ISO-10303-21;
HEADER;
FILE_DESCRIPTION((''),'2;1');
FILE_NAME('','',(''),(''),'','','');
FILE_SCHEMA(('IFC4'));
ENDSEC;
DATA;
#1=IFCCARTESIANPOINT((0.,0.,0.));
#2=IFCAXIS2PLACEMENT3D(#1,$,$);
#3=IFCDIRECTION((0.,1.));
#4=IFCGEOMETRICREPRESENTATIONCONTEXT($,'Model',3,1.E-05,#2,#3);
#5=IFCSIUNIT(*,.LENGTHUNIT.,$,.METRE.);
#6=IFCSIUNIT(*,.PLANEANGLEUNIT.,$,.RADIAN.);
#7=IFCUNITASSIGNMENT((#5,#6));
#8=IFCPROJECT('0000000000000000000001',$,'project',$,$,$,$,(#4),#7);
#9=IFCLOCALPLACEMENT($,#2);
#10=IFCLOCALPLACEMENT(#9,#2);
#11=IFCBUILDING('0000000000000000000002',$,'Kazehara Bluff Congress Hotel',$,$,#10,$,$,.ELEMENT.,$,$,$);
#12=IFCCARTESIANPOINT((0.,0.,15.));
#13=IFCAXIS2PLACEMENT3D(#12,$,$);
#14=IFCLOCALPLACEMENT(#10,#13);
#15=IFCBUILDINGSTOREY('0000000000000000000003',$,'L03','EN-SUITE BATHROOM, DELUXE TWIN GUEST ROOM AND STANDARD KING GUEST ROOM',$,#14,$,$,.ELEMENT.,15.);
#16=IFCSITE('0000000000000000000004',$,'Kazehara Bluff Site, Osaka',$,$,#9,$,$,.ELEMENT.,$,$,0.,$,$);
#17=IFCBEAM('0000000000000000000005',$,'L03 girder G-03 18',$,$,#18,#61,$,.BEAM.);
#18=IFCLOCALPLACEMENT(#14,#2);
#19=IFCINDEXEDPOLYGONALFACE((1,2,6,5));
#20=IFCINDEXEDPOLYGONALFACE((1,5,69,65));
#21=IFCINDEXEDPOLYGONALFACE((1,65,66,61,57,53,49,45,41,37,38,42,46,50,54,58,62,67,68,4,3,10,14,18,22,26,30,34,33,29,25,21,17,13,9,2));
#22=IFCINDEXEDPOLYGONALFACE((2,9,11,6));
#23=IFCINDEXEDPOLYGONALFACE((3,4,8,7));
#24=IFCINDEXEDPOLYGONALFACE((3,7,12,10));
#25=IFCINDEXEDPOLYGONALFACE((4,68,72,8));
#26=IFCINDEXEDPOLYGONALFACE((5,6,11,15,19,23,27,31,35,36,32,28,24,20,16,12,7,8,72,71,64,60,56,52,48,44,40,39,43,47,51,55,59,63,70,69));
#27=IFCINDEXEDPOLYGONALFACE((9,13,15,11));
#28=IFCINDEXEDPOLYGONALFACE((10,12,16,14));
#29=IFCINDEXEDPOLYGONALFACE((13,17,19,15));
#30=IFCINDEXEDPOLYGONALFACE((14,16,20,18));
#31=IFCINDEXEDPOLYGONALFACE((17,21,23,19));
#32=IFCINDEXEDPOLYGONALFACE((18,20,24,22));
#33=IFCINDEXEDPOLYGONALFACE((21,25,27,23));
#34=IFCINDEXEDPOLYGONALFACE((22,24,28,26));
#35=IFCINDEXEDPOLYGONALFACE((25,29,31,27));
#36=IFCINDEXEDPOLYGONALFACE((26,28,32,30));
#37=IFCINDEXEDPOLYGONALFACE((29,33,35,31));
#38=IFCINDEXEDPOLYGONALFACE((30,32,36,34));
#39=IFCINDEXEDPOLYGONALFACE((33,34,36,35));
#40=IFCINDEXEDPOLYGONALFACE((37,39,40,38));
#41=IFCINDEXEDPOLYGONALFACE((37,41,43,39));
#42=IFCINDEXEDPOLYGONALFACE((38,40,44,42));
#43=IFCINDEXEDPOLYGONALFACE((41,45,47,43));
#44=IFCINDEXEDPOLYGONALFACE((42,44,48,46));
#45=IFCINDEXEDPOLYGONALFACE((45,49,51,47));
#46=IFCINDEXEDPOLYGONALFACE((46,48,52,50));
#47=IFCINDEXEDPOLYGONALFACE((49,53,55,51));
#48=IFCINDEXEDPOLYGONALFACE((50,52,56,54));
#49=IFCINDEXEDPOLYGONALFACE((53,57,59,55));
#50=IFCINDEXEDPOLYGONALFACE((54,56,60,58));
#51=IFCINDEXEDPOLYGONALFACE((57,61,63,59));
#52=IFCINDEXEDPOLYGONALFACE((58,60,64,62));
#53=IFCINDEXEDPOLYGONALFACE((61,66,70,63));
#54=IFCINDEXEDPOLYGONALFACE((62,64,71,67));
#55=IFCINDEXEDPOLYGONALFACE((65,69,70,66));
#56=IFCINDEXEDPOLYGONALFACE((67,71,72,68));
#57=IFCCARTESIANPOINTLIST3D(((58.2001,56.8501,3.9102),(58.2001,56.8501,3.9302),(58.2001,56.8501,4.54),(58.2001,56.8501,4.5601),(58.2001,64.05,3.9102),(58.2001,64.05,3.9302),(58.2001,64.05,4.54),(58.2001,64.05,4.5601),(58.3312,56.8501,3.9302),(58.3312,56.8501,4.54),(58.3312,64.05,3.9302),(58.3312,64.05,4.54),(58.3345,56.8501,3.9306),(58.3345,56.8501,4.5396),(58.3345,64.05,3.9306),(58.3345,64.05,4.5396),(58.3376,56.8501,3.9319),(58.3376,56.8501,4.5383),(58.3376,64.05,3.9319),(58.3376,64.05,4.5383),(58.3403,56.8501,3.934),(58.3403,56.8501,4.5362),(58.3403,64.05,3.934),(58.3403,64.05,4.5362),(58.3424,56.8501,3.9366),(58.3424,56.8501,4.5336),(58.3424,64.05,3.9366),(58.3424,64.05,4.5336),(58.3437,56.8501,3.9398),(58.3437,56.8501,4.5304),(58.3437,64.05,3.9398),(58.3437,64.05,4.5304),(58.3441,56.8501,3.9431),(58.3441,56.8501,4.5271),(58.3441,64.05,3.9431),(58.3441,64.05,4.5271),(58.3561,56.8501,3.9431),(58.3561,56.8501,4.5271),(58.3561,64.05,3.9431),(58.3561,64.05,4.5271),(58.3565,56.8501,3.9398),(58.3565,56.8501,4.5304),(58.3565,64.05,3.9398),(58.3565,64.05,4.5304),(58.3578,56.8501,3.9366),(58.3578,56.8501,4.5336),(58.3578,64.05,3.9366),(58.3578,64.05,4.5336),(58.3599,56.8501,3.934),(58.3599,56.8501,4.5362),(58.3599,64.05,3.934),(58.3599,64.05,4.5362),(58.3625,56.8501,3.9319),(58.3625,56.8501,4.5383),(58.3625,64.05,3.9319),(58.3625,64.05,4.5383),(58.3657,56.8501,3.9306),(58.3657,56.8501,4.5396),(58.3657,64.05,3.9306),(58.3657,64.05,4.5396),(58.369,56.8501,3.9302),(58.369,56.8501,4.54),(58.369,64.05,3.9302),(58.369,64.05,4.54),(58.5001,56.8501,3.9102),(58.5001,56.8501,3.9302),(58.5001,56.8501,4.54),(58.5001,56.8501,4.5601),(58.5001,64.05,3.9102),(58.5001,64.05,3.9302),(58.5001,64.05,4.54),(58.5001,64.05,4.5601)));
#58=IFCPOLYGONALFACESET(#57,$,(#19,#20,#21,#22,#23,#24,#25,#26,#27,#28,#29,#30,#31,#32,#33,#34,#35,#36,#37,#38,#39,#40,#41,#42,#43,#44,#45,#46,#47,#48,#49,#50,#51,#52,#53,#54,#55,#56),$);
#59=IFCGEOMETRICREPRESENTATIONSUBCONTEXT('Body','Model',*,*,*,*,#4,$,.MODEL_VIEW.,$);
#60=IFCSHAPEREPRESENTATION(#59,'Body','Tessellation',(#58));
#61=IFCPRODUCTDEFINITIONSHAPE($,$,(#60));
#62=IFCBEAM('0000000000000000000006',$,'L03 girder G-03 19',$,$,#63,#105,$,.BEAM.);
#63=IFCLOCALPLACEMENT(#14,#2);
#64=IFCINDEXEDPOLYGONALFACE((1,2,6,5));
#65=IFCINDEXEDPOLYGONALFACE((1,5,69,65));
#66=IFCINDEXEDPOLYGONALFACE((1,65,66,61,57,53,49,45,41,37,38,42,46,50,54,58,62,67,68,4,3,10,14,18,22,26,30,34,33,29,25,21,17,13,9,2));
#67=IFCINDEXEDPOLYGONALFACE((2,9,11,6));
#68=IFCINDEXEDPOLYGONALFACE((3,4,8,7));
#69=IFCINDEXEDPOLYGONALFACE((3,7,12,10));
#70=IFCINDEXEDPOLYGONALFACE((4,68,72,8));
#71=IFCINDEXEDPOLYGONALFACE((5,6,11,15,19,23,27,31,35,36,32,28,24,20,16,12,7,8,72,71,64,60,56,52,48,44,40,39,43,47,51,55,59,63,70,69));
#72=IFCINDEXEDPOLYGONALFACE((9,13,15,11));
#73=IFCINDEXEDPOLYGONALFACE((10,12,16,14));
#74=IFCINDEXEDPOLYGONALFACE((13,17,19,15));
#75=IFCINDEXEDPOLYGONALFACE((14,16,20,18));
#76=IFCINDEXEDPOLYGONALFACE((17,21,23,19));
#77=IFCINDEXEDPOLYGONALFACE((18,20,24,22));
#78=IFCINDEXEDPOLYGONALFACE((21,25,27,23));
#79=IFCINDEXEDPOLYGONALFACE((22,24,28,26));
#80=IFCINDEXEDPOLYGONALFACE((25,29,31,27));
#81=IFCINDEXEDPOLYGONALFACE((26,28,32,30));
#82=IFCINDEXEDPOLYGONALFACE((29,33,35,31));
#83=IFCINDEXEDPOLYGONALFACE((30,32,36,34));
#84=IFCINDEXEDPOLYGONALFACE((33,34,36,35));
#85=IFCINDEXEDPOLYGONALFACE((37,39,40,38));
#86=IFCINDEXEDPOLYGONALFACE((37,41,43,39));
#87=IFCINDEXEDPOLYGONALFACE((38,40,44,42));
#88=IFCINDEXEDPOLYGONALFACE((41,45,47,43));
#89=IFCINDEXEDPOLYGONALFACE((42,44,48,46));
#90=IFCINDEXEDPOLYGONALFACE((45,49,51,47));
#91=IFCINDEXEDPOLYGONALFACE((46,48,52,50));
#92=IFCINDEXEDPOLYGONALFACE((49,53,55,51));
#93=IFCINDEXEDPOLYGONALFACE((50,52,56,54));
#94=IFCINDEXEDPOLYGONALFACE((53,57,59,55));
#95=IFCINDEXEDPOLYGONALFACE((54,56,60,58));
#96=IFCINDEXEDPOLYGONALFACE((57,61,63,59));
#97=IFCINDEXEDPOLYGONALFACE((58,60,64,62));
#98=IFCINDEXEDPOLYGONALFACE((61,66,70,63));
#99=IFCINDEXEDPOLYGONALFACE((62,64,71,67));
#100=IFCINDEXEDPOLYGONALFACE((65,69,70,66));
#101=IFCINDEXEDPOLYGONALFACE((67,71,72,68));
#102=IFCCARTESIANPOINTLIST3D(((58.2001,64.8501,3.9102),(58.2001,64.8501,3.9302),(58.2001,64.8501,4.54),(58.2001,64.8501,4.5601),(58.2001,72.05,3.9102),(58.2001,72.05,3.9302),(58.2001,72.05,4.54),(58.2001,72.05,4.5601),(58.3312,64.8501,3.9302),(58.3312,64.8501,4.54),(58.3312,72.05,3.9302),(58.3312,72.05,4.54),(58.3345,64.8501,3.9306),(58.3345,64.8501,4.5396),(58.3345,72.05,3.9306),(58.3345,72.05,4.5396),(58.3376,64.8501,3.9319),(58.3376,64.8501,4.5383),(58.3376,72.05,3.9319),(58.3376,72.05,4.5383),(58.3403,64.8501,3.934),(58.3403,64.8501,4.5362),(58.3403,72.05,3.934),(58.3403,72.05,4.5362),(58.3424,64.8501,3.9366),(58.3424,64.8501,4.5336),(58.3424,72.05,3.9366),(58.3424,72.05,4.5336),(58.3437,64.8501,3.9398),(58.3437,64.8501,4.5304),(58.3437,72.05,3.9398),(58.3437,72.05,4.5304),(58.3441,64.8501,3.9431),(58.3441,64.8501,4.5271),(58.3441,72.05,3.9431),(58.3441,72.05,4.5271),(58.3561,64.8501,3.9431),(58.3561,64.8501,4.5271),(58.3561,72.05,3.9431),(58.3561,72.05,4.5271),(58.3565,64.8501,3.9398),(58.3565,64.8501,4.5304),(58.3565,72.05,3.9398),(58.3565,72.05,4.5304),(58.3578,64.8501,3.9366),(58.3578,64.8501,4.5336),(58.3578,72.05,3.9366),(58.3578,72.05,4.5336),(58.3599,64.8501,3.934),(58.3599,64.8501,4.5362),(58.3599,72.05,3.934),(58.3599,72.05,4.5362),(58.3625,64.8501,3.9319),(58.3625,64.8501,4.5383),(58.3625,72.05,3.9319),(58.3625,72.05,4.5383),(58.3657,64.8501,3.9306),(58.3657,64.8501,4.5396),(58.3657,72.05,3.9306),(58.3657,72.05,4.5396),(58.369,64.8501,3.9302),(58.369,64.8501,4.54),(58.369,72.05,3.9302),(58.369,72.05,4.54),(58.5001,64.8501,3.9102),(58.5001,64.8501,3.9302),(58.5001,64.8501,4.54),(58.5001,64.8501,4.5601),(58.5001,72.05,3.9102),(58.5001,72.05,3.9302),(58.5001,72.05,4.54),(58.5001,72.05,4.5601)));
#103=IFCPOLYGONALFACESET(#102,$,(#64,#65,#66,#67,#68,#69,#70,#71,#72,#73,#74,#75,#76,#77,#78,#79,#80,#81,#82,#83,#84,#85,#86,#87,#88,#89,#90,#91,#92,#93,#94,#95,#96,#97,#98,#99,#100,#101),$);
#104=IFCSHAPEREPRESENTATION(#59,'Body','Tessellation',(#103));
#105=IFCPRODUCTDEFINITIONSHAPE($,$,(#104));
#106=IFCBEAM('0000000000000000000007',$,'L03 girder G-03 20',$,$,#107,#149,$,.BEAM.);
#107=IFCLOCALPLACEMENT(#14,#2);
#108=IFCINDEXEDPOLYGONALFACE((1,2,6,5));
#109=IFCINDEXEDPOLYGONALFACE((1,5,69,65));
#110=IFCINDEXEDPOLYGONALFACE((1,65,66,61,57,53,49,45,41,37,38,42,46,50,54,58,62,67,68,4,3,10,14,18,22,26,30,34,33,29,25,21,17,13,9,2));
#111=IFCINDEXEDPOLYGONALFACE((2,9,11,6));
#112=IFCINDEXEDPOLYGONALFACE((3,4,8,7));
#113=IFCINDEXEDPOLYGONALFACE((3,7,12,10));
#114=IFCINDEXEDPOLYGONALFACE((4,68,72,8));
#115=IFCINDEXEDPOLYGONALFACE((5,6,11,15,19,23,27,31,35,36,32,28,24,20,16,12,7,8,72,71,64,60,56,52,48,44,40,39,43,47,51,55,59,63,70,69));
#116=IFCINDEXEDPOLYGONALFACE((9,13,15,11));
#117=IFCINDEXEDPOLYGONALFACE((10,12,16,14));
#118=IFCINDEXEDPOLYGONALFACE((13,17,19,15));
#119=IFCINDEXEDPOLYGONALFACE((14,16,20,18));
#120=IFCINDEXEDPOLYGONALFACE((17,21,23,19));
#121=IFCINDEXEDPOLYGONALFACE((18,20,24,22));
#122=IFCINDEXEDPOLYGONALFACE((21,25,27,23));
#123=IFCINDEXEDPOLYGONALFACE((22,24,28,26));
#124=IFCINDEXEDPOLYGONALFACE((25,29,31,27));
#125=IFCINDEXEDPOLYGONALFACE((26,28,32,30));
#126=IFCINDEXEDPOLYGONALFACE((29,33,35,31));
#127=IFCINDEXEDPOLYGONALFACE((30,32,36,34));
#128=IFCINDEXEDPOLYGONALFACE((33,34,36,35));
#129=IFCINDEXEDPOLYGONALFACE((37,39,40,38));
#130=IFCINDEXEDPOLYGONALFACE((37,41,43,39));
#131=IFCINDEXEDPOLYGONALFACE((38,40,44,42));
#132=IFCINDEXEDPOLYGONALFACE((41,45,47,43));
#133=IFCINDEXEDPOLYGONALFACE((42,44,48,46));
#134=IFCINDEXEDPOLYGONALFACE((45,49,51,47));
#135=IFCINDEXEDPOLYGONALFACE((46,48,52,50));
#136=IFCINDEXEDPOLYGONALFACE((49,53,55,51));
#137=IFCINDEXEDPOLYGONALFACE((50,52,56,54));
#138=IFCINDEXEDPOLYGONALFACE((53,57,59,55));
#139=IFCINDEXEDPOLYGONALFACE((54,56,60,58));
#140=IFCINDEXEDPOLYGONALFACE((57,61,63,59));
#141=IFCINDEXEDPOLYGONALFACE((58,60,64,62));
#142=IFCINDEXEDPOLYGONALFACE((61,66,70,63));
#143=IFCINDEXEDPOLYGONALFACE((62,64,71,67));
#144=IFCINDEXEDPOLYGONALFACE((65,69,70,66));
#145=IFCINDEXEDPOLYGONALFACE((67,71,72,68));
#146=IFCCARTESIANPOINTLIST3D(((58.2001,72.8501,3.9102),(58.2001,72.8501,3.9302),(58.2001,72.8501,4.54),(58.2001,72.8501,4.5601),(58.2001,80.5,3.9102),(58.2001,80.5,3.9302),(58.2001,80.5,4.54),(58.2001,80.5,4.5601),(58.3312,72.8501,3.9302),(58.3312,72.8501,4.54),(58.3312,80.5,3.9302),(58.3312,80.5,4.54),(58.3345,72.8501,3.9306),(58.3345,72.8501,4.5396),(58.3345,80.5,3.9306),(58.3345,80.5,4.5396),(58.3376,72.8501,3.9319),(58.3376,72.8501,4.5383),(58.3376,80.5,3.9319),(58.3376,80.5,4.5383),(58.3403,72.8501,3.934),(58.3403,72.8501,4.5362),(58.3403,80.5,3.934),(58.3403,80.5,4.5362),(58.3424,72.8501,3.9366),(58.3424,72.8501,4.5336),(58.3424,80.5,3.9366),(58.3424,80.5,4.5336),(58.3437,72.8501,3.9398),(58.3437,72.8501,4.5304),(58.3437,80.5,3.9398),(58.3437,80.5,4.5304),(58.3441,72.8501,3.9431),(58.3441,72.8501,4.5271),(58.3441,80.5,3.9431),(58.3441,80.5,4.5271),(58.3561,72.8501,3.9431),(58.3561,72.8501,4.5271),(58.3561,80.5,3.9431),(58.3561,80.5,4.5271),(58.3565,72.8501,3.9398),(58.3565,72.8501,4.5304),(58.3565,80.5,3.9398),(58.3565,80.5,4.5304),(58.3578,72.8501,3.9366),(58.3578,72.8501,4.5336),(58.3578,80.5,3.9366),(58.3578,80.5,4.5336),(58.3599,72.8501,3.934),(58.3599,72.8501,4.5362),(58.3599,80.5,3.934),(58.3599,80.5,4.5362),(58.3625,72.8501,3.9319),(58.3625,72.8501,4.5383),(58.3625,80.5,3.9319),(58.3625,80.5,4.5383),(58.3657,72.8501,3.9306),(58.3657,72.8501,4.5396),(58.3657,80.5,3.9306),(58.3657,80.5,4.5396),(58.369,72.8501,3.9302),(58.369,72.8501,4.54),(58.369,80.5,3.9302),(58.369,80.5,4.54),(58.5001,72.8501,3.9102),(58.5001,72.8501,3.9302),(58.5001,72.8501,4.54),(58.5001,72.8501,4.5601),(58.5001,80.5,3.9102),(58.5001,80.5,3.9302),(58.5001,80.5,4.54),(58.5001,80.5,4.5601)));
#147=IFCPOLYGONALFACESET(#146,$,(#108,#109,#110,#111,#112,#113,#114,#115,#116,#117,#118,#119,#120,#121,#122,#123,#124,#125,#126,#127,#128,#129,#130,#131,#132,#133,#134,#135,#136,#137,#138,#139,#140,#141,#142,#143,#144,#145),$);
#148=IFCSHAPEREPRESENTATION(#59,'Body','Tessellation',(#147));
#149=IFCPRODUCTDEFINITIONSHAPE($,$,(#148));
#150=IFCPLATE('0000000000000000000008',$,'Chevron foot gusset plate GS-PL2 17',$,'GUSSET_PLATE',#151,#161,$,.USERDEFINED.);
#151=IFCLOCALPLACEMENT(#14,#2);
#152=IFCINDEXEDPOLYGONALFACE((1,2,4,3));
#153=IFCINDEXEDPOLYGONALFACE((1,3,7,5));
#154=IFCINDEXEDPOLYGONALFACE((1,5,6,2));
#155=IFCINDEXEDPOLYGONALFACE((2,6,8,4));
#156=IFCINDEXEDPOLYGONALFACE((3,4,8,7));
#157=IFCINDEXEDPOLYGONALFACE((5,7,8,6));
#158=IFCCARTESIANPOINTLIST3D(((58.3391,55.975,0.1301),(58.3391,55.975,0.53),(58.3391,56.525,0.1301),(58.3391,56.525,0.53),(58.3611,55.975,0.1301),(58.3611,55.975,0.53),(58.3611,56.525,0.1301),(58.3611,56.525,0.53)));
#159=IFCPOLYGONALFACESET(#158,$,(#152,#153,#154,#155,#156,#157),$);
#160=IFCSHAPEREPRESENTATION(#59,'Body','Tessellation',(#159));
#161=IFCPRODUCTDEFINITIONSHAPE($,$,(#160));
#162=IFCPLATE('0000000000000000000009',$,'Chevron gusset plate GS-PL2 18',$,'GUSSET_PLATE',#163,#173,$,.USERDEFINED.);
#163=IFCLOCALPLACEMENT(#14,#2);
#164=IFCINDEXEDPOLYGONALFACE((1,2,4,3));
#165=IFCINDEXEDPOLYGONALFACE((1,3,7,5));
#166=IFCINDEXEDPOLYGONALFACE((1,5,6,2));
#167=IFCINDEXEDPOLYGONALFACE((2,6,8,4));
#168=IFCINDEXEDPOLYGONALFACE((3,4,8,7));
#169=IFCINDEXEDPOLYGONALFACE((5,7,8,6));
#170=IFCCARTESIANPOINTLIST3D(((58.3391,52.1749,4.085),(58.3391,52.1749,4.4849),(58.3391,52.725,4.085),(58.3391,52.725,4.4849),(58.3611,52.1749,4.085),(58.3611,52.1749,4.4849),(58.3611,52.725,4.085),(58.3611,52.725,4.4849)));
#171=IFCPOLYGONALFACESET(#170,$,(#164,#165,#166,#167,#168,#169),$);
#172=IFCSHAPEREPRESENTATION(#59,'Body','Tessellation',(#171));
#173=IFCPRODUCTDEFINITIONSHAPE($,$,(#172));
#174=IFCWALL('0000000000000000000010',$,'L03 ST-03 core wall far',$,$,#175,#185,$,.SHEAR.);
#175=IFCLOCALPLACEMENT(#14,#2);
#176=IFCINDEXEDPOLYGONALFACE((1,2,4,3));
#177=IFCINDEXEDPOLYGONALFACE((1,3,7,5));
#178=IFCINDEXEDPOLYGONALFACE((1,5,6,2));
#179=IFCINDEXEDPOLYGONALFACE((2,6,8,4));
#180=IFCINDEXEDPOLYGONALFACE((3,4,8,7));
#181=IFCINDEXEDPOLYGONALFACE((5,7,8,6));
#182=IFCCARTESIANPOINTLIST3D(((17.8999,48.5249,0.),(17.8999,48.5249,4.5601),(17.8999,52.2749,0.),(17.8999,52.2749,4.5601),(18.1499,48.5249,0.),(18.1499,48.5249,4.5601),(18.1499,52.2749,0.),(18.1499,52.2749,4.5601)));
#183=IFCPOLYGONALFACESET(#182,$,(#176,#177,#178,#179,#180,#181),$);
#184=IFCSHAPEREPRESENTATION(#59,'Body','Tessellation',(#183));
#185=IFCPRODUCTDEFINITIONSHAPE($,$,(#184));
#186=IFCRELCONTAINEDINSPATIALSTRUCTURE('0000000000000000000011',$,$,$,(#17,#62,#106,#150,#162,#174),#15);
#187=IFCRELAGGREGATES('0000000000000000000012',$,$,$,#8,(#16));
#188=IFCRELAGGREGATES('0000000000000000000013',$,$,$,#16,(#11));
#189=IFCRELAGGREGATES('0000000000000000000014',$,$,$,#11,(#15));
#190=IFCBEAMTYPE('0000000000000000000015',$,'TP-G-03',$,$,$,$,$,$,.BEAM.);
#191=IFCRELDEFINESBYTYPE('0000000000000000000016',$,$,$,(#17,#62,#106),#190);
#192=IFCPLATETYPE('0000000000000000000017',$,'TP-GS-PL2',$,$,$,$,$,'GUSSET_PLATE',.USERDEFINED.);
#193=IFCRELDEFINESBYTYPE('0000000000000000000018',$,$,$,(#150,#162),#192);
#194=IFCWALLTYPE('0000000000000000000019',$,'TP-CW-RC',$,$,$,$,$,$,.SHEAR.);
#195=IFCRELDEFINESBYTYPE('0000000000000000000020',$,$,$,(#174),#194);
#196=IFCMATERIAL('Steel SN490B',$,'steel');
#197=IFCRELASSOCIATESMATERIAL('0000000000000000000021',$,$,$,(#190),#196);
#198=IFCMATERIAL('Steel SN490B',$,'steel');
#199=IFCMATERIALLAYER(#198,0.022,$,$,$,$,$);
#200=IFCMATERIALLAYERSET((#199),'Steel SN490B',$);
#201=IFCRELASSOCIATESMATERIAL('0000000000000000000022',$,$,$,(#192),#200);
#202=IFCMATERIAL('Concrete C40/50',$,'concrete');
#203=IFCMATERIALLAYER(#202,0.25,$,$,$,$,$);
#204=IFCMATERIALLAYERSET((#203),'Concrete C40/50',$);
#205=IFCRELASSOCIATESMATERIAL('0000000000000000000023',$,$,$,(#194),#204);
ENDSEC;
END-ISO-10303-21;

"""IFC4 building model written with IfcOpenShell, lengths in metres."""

from ifc_helpers import new_model, si_unit, direction, frame, frame_2d, origin, origin_2d, place, context, subcontext, project, spatial, rectangle, i_section, extrude, material, layer, layer_set, material_profile, profile_set, type_object, element, save


model = new_model("IFC4")

# Units and contexts
model_context = context("Model", 3, precision=1e-05, world=origin(), true_north=direction((0.0, 1.0)))
body_context = subcontext(model_context, "Body", "Model", "MODEL_VIEW")
ifc_project = project(units=[si_unit("LENGTHUNIT", "METRE"), si_unit("PLANEANGLEUNIT", "RADIAN")], contexts=[model_context])

# Site, building, storey
site_placement = place(None, origin())
site = spatial("IfcSite", under=ifc_project, at=site_placement, Name="Kazehara Bluff Site, Osaka", CompositionType="ELEMENT", RefElevation=0.0)
building_placement = place(site_placement, origin())
building = spatial("IfcBuilding", under=site, at=building_placement, Name="Kazehara Bluff Congress Hotel", CompositionType="ELEMENT")
storey_placement = place(building_placement, frame((0.0, 0.0, 15.0)))
storey = spatial("IfcBuildingStorey", under=building, at=storey_placement, Name="L03", Description="EN-SUITE BATHROOM, DELUXE TWIN GUEST ROOM AND STANDARD KING GUEST ROOM", CompositionType="ELEMENT", Elevation=15.0)

# Beams
ifc_material_1 = material(Name="Steel SN490B", Category="steel")
ifc_material_profile_1 = material_profile(ifc_material_1, i_section(OverallWidth=0.3, OverallDepth=0.6499, WebThickness=0.012, FlangeThickness=0.02, FilletRadius=0.0129, at=origin_2d()))
ifc_profile_set_1 = profile_set([ifc_material_profile_1], Name="Steel SN490B")
beam_type = type_object("IfcBeamType", Name="TP-G-03", PredefinedType="BEAM", material=ifc_profile_set_1)
for number, where, z_axis, x_axis, name in (
    (1, (58.3501, 56.8501, 4.2351), (0.0, 1.0, 0.0), (-1.0, 0.0, 0.0), "L03 girder G-03 18"),
    (2, (58.3501, 64.8501, 4.2351), (0.0, 1.0, 0.0), (-1.0, 0.0, 0.0), "L03 girder G-03 19"),
):
    element("IfcBeam", number, at=place(storey_placement, frame(where, z_axis=z_axis, x_axis=x_axis)), inside=storey, type_object=beam_type, Name=name, PredefinedType="BEAM", context=body_context, shape_type="SweptSolid", body=[
        extrude(i_section(OverallWidth=0.3, OverallDepth=0.6499, WebThickness=0.012, FlangeThickness=0.02, FilletRadius=0.0129, at=origin_2d()), origin(), (0.0, 0.0, 1.0), 7.2),
    ])
beam_placement = place(storey_placement, frame((58.3501, 72.8501, 4.2351), z_axis=(0.0, 1.0, 0.0), x_axis=(-1.0, 0.0, 0.0)))
element("IfcBeam", 3, at=beam_placement, inside=storey, type_object=beam_type, Name="L03 girder G-03 20", PredefinedType="BEAM", context=body_context, shape_type="SweptSolid", body=[
    extrude(i_section(OverallWidth=0.3, OverallDepth=0.6499, WebThickness=0.012, FlangeThickness=0.02, FilletRadius=0.0129, at=origin_2d()), origin(), (0.0, 0.0, 1.0), 7.6499),
])

# Plates
ifc_material_2 = material(Name="Steel SN490B", Category="steel")
ifc_layer_1 = layer(ifc_material_2, 0.022)
ifc_layer_set_1 = layer_set([ifc_layer_1], Name="Steel SN490B")
plate_type = type_object("IfcPlateType", Name="TP-GS-PL2", ElementType="GUSSET_PLATE", PredefinedType="USERDEFINED", material=ifc_layer_set_1)
for number, where, z_axis, x_axis, name in (
    (4, (58.3501, 56.25, 0.1301), (0.0, 0.0, 1.0), (1.0, 0.0, 0.0), "Chevron foot gusset plate GS-PL2 17"),
    (5, (58.3501, 52.45, 4.085), (0.0, 0.0, 1.0), (1.0, 0.0, 0.0), "Chevron gusset plate GS-PL2 18"),
):
    element("IfcPlate", number, at=place(storey_placement, frame(where, z_axis=z_axis, x_axis=x_axis)), inside=storey, type_object=plate_type, Name=name, ObjectType="GUSSET_PLATE", PredefinedType="USERDEFINED", context=body_context, shape_type="SweptSolid", body=[
        extrude(rectangle(XDim=0.022, YDim=0.55, at=origin_2d()), origin(), (0.0, 0.0, 1.0), 0.3999),
    ])

# Wall
ifc_material_3 = material(Name="Concrete C40/50", Category="concrete")
ifc_layer_2 = layer(ifc_material_3, 0.25)
ifc_layer_set_2 = layer_set([ifc_layer_2], Name="Concrete C40/50")
wall_type_1 = type_object("IfcWallType", Name="TP-CW-RC", PredefinedType="SHEAR", material=ifc_layer_set_2)
wall_1_placement = place(storey_placement, frame((18.0249, 52.2749, 0.0), z_axis=(0.0, 0.0, 1.0), x_axis=(0.0, -1.0, 0.0)))
element("IfcWall", 6, at=wall_1_placement, inside=storey, type_object=wall_type_1, Name="L03 ST-03 core wall far", PredefinedType="SHEAR", context=body_context, shape_type="SweptSolid", body=[
    extrude(rectangle(XDim=3.75, YDim=0.25, at=frame_2d((1.875, 0.0))), origin(), (0.0, 0.0, 1.0), 4.5601),
])

save(model, "model.ifc")
